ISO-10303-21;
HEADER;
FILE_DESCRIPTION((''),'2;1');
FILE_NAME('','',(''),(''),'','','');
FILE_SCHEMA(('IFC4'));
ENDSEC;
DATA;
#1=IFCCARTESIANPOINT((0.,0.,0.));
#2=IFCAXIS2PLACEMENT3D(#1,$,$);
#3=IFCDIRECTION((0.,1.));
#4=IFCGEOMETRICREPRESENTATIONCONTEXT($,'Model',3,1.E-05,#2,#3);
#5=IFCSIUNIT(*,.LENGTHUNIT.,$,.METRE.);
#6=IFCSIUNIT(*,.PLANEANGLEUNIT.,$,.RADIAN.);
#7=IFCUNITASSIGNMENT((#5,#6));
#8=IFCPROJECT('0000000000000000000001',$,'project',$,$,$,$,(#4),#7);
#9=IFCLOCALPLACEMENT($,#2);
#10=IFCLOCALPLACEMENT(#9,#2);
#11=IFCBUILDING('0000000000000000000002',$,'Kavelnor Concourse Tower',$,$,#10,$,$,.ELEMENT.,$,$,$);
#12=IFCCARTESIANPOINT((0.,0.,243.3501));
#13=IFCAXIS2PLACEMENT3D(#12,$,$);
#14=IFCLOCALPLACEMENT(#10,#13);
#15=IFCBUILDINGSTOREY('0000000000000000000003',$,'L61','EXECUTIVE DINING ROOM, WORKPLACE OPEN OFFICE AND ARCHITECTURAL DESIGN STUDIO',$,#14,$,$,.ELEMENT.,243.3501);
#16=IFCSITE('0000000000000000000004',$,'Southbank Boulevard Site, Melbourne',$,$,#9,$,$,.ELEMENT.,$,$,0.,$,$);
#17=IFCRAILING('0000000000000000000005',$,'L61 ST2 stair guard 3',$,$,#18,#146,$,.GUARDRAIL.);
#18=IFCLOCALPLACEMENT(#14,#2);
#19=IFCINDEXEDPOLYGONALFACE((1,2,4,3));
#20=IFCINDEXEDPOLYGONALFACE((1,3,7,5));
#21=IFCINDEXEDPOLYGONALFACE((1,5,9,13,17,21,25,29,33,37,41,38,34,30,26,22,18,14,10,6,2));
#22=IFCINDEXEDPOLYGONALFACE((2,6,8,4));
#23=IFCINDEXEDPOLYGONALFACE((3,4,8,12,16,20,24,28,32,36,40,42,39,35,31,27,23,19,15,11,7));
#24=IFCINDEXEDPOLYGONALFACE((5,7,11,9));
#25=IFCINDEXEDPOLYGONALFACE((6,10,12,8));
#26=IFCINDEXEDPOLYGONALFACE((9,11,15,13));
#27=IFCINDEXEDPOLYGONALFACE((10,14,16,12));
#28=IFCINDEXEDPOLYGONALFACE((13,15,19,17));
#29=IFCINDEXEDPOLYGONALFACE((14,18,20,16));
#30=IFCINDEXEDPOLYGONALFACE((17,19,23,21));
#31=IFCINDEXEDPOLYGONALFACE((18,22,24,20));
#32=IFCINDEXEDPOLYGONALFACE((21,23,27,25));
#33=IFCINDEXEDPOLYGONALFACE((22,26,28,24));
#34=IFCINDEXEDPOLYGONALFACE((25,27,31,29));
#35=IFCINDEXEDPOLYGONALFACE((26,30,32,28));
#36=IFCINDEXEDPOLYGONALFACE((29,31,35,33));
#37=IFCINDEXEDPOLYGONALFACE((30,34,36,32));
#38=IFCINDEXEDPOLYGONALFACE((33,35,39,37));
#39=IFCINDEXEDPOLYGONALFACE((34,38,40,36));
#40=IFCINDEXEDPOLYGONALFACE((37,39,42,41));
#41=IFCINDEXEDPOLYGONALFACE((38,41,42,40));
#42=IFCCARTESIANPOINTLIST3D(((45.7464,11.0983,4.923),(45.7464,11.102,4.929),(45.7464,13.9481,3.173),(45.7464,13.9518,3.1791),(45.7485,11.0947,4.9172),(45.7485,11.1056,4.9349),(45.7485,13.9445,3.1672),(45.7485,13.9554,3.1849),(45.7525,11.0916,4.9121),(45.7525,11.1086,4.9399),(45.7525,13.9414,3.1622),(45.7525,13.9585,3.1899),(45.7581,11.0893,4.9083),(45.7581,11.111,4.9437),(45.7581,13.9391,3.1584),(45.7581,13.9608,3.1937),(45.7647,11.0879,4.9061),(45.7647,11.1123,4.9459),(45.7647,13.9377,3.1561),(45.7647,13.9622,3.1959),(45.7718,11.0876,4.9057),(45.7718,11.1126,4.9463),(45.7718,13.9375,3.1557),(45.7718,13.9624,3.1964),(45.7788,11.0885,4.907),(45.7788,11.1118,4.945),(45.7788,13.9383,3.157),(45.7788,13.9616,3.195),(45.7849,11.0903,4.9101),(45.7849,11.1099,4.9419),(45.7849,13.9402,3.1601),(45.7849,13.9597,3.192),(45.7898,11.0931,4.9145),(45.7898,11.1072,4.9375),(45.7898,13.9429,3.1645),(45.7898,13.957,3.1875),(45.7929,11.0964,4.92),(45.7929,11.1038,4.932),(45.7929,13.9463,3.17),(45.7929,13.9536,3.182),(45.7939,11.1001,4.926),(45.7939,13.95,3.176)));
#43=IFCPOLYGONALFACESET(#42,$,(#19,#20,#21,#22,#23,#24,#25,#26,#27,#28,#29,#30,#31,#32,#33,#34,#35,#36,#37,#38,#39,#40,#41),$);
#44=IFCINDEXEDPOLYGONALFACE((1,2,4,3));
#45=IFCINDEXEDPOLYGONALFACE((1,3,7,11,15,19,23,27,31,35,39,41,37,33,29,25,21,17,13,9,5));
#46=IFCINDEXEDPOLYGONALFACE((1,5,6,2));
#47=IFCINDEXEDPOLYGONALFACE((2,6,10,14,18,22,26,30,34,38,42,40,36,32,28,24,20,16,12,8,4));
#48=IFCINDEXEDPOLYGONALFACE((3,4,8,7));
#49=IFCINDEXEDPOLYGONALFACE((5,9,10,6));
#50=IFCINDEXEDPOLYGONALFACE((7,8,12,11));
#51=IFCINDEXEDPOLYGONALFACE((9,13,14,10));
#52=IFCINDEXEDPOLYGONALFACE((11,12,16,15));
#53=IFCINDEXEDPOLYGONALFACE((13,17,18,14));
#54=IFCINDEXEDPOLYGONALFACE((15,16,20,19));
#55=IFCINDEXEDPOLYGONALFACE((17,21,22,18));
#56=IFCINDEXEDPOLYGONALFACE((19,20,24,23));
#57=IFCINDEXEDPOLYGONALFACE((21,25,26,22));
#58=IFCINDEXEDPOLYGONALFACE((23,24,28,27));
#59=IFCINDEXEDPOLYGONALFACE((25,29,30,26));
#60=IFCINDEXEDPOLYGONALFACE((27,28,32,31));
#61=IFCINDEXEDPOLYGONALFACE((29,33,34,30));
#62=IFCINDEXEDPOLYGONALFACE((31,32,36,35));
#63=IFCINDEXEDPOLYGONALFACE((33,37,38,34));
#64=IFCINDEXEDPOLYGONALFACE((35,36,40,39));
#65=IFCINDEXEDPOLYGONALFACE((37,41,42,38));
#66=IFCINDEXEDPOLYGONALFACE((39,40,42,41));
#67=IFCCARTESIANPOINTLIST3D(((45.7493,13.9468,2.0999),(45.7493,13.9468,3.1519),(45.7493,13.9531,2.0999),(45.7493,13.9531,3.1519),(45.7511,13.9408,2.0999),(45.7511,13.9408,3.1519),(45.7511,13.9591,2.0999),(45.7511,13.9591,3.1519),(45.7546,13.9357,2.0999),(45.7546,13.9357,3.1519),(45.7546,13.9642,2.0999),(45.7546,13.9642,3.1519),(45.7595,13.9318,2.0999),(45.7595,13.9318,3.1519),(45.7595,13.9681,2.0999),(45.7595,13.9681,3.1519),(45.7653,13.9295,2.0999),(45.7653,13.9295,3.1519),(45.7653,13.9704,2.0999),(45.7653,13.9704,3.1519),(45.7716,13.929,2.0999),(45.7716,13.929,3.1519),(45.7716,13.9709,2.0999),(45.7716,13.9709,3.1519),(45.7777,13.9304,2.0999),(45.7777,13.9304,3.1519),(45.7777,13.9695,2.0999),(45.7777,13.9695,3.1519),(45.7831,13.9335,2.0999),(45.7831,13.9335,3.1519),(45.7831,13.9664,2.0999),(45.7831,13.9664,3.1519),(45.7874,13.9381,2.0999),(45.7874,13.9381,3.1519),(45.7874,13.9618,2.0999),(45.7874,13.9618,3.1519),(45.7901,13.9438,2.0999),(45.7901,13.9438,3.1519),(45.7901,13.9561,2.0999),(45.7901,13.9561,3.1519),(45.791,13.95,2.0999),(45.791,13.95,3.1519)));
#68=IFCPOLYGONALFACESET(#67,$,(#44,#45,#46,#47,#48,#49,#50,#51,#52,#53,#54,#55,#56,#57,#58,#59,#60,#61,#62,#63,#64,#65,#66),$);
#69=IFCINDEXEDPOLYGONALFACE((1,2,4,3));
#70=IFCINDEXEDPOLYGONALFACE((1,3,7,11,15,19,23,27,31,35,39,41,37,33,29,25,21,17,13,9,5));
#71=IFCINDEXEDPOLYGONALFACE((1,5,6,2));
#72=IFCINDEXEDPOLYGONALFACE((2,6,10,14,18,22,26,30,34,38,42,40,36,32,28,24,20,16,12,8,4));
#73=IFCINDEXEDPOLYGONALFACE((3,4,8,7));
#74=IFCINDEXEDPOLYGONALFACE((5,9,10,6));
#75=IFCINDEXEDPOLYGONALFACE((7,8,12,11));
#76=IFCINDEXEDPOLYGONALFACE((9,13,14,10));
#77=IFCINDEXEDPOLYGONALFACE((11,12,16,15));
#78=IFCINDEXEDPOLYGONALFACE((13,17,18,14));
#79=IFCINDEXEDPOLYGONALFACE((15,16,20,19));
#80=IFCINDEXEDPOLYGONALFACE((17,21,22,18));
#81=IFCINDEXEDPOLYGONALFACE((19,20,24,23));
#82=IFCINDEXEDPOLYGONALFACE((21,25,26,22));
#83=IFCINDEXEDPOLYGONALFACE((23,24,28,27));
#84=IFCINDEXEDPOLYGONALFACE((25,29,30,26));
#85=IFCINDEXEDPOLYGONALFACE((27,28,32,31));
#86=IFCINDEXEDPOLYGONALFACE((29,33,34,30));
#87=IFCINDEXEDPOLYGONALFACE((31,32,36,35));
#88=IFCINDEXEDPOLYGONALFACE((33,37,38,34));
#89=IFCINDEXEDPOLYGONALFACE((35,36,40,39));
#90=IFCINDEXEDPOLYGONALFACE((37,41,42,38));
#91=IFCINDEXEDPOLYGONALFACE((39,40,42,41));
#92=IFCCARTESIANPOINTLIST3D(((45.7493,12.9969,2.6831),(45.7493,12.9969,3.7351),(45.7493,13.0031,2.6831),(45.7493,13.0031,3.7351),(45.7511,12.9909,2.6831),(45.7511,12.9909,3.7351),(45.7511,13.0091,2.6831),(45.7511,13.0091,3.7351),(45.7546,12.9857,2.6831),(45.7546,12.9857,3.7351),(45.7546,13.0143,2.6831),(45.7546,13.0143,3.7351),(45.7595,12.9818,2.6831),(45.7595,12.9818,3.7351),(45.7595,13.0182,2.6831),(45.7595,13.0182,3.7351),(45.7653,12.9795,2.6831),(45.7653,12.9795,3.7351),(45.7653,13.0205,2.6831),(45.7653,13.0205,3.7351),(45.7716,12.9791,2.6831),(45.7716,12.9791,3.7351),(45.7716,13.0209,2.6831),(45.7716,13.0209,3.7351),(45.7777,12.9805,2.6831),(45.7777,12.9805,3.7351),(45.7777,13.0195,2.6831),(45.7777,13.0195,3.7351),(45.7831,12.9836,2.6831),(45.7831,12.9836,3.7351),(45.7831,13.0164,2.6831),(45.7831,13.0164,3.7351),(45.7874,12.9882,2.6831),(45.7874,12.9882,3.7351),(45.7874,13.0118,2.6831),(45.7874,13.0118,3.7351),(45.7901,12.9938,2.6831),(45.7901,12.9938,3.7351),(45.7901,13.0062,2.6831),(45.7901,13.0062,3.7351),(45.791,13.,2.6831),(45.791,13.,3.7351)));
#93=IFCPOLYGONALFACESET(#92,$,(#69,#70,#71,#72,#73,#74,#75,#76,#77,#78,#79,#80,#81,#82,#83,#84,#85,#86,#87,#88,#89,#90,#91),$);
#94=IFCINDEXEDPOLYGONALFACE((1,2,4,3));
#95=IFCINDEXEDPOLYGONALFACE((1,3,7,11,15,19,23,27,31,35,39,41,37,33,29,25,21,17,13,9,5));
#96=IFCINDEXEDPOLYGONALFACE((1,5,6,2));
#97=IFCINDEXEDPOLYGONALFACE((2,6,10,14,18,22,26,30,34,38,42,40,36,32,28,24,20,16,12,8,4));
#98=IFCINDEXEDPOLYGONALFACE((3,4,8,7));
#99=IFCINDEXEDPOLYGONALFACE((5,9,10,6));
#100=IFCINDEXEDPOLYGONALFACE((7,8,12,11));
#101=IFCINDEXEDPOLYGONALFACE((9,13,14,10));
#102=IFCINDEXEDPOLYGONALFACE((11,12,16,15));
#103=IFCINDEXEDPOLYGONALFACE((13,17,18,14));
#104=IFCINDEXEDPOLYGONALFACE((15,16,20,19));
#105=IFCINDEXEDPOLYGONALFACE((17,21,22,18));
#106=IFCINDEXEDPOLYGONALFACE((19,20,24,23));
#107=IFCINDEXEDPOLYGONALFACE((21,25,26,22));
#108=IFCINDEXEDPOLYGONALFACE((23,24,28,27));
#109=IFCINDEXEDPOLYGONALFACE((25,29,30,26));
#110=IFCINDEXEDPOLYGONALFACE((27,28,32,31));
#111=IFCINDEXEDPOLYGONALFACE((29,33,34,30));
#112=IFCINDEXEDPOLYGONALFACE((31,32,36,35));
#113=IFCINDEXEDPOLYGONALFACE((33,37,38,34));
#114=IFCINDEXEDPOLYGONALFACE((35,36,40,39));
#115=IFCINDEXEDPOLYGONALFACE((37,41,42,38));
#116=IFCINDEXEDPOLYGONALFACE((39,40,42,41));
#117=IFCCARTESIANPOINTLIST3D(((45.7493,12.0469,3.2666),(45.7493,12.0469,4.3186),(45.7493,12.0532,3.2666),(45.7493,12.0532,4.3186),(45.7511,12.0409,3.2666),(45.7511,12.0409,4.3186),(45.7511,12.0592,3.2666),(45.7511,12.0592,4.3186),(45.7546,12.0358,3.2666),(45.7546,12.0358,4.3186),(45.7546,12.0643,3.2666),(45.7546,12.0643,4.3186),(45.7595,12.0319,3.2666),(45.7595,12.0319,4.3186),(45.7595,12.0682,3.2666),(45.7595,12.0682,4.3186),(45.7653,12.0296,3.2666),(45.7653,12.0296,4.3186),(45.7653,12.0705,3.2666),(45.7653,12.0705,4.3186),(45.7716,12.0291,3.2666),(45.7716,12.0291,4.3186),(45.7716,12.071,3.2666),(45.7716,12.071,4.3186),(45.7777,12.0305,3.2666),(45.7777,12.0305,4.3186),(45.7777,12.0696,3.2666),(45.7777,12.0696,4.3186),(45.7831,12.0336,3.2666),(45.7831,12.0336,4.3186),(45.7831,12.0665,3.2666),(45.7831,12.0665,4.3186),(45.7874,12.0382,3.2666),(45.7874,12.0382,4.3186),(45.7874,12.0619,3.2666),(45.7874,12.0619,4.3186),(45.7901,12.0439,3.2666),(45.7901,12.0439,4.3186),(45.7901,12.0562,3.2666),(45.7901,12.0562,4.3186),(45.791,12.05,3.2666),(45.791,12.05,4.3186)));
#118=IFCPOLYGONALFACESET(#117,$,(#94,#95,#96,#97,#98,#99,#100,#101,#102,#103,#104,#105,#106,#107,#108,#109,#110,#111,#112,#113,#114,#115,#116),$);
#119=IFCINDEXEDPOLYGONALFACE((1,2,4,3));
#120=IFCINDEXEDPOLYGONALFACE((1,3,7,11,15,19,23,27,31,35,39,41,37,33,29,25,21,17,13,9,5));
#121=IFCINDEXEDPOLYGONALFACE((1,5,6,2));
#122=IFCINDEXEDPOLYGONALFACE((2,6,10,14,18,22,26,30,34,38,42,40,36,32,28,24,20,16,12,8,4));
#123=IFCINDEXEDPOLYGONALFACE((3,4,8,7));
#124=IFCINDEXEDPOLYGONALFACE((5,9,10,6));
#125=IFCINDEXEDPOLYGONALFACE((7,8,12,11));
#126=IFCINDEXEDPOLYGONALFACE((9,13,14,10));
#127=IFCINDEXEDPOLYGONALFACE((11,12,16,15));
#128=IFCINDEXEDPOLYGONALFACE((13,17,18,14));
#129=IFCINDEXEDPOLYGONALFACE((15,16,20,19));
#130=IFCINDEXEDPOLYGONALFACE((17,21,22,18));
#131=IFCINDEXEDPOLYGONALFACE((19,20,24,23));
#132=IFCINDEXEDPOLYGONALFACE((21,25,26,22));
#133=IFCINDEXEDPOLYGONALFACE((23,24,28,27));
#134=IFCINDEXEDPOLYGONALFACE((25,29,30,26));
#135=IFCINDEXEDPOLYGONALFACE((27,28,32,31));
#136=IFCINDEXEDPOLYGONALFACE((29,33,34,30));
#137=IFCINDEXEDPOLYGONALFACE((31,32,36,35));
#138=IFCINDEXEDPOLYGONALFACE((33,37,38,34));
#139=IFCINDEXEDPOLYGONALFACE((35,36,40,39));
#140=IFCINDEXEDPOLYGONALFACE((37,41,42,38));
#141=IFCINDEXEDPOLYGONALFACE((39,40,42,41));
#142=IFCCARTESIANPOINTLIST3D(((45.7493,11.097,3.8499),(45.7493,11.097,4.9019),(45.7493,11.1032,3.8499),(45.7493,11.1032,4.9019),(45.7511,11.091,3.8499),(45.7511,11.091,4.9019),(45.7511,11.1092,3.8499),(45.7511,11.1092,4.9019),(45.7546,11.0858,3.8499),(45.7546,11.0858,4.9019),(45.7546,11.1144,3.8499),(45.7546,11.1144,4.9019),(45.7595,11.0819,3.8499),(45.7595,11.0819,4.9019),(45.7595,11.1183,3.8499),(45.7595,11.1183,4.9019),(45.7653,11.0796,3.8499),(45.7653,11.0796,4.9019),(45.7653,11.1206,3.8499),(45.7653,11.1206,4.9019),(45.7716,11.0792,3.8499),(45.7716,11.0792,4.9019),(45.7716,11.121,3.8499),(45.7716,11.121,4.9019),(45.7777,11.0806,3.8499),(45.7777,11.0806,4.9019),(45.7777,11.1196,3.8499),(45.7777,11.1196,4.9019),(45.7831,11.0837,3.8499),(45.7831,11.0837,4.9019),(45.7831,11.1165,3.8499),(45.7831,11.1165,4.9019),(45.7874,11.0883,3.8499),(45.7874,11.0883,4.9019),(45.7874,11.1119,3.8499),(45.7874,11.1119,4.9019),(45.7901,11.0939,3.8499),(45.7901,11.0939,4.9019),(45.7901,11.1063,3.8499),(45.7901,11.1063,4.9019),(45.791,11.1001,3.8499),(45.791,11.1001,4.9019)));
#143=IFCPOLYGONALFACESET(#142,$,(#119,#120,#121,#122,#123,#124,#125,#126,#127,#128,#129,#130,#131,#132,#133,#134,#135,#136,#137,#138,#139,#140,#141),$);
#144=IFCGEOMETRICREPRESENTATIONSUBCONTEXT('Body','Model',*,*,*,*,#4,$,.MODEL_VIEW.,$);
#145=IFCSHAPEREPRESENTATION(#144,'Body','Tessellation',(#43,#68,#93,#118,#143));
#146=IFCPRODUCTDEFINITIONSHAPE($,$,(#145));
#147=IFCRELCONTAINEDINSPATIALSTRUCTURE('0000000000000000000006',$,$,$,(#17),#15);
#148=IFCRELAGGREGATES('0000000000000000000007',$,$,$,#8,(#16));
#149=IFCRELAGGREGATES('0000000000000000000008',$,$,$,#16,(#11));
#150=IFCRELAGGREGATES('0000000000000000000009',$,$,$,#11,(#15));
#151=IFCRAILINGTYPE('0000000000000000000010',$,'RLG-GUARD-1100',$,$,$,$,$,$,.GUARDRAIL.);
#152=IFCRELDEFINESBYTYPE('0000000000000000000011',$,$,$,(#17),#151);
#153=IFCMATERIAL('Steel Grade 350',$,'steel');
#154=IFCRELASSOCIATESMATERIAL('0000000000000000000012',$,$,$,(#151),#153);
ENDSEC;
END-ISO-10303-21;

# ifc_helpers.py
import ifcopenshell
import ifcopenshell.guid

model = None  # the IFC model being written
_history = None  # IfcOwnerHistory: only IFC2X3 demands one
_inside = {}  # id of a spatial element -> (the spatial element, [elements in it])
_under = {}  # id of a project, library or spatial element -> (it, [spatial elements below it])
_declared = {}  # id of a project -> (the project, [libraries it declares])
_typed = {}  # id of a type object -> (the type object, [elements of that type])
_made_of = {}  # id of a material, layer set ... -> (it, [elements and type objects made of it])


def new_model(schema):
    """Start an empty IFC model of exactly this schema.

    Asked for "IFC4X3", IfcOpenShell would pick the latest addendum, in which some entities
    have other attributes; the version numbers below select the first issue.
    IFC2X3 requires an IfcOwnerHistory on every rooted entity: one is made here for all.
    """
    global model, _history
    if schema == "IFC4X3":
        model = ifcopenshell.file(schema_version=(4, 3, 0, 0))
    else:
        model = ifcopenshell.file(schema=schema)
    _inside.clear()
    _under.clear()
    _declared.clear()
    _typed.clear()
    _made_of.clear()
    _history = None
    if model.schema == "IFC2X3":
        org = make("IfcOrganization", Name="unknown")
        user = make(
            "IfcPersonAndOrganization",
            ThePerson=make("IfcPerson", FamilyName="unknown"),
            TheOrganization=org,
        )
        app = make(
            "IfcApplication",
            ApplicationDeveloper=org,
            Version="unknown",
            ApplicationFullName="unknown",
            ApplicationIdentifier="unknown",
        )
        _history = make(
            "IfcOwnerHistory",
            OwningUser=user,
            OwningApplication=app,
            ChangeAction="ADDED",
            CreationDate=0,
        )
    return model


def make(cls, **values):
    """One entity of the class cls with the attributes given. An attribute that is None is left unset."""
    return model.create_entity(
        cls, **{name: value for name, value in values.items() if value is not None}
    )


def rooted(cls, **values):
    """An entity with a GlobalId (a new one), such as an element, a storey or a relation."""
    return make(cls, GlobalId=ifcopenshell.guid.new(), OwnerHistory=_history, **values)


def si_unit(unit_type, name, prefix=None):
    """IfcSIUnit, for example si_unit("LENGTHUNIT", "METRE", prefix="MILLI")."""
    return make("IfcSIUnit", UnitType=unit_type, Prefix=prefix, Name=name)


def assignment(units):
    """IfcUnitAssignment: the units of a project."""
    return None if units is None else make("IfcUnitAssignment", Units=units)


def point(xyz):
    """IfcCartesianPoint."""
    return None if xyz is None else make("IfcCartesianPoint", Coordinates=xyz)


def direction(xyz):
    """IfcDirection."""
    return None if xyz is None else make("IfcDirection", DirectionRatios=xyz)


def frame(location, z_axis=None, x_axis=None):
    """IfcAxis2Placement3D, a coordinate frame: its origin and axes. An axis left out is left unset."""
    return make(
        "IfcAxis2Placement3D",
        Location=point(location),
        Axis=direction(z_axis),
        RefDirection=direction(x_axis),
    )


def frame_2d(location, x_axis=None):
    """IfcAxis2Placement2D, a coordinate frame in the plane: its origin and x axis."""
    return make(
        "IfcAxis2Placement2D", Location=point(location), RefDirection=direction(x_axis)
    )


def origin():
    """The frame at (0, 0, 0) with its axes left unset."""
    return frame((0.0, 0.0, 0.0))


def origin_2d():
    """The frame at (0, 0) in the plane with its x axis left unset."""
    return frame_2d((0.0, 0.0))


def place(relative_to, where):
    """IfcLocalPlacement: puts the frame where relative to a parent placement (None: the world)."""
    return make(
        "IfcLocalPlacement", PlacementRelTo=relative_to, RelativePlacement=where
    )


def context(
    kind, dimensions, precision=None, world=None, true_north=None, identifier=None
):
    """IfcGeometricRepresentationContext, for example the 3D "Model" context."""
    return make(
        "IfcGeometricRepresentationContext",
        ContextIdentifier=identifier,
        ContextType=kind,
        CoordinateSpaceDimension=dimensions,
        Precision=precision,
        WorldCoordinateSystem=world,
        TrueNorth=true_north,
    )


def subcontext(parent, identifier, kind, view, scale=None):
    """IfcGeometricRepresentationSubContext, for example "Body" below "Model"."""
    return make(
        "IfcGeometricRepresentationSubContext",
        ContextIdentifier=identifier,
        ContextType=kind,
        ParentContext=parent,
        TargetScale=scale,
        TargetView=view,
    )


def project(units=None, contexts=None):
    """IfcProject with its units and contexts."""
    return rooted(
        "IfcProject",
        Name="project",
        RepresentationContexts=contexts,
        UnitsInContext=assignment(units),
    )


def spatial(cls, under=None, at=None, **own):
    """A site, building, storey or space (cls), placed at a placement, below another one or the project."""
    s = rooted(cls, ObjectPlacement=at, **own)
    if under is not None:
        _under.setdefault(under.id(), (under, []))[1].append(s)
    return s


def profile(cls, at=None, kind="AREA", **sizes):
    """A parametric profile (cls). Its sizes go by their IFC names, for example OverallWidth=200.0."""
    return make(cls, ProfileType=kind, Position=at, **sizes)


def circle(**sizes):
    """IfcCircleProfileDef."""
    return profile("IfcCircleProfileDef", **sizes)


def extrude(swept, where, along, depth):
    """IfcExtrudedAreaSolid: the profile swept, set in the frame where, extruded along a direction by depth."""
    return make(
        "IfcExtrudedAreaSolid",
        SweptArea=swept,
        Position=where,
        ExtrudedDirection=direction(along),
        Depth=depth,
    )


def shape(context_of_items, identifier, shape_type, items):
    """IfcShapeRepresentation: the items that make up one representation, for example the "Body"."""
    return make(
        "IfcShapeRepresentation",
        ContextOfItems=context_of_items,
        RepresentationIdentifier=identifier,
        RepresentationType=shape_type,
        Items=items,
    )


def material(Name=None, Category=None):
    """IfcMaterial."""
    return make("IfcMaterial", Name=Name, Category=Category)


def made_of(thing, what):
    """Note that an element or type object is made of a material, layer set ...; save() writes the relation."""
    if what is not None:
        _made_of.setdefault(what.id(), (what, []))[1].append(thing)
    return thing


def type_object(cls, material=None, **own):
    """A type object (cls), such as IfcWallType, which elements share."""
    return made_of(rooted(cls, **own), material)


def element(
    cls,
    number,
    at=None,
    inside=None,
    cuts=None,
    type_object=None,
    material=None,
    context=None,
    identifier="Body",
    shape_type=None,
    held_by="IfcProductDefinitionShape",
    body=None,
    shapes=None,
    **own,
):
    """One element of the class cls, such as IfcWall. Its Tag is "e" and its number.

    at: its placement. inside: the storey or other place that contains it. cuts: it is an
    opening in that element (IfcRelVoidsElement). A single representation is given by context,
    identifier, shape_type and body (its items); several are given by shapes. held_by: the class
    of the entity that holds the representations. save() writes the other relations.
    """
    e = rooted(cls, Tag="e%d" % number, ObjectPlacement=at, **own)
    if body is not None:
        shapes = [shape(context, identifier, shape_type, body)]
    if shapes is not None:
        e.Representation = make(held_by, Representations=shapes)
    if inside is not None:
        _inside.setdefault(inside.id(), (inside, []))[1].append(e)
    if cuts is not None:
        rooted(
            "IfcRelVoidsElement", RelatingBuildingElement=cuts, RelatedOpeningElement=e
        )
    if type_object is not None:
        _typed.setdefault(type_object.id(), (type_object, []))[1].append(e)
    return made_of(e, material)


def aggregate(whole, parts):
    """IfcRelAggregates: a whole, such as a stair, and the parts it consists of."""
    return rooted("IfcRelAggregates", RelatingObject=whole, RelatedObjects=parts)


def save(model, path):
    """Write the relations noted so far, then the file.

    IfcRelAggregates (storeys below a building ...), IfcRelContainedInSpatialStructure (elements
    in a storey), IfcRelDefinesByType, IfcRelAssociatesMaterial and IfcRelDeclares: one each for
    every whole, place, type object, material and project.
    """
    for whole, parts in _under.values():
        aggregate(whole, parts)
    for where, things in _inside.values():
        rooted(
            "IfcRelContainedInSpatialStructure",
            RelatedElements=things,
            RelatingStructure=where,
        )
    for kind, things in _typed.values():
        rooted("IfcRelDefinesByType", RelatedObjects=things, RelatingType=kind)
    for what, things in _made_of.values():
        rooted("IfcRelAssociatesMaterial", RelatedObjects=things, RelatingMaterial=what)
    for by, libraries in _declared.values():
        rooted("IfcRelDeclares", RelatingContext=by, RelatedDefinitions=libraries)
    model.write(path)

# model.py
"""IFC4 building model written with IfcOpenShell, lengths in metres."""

from ifc_helpers import new_model, si_unit, direction, frame, origin, origin_2d, place, context, subcontext, project, spatial, circle, extrude, material, type_object, element, save


model = new_model("IFC4")

# Units and contexts
model_context = context("Model", 3, precision=1e-05, world=origin(), true_north=direction((0.0, 1.0)))
body_context = subcontext(model_context, "Body", "Model", "MODEL_VIEW")
ifc_project = project(units=[si_unit("LENGTHUNIT", "METRE"), si_unit("PLANEANGLEUNIT", "RADIAN")], contexts=[model_context])

# Site, building, storey
site_placement = place(None, origin())
site = spatial("IfcSite", under=ifc_project, at=site_placement, Name="Southbank Boulevard Site, Melbourne", CompositionType="ELEMENT", RefElevation=0.0)
building_placement = place(site_placement, origin())
building = spatial("IfcBuilding", under=site, at=building_placement, Name="Kavelnor Concourse Tower", CompositionType="ELEMENT")
storey_placement = place(building_placement, frame((0.0, 0.0, 243.3501)))
storey = spatial("IfcBuildingStorey", under=building, at=storey_placement, Name="L61", Description="EXECUTIVE DINING ROOM, WORKPLACE OPEN OFFICE AND ARCHITECTURAL DESIGN STUDIO", CompositionType="ELEMENT", Elevation=243.3501)

# Shared definitions
ifc_material_1 = material(Name="Steel Grade 350", Category="steel")

# Railing
railing_type_1 = type_object("IfcRailingType", Name="RLG-GUARD-1100", PredefinedType="GUARDRAIL", material=ifc_material_1)
railing_1_placement = place(storey_placement, frame((45.77, 13.95, 2.0999)))
element("IfcRailing", 1, at=railing_1_placement, inside=storey, type_object=railing_type_1, Name="L61 ST2 stair guard 3", PredefinedType="GUARDRAIL", context=body_context, shape_type="SweptSolid", body=[
    extrude(circle(Radius=0.0239, at=origin_2d()), frame((0.0, 0.0, 1.0762), z_axis=(0.0, -0.852159, 0.523283), x_axis=(1.0, 0.0, 0.0)), (0.0, 0.0, 1.0), 3.3442),
    extrude(circle(Radius=0.021, at=origin_2d()), origin(), (0.0, 0.0, 1.0), 1.052),
    extrude(circle(Radius=0.021, at=origin_2d()), frame((0.0, -0.95, 0.5833)), (0.0, 0.0, 1.0), 1.052),
    extrude(circle(Radius=0.021, at=origin_2d()), frame((0.0, -1.8999, 1.1667)), (0.0, 0.0, 1.0), 1.052),
    extrude(circle(Radius=0.021, at=origin_2d()), frame((0.0, -2.8499, 1.75)), (0.0, 0.0, 1.0), 1.052),
])

save(model, "model.ifc")
